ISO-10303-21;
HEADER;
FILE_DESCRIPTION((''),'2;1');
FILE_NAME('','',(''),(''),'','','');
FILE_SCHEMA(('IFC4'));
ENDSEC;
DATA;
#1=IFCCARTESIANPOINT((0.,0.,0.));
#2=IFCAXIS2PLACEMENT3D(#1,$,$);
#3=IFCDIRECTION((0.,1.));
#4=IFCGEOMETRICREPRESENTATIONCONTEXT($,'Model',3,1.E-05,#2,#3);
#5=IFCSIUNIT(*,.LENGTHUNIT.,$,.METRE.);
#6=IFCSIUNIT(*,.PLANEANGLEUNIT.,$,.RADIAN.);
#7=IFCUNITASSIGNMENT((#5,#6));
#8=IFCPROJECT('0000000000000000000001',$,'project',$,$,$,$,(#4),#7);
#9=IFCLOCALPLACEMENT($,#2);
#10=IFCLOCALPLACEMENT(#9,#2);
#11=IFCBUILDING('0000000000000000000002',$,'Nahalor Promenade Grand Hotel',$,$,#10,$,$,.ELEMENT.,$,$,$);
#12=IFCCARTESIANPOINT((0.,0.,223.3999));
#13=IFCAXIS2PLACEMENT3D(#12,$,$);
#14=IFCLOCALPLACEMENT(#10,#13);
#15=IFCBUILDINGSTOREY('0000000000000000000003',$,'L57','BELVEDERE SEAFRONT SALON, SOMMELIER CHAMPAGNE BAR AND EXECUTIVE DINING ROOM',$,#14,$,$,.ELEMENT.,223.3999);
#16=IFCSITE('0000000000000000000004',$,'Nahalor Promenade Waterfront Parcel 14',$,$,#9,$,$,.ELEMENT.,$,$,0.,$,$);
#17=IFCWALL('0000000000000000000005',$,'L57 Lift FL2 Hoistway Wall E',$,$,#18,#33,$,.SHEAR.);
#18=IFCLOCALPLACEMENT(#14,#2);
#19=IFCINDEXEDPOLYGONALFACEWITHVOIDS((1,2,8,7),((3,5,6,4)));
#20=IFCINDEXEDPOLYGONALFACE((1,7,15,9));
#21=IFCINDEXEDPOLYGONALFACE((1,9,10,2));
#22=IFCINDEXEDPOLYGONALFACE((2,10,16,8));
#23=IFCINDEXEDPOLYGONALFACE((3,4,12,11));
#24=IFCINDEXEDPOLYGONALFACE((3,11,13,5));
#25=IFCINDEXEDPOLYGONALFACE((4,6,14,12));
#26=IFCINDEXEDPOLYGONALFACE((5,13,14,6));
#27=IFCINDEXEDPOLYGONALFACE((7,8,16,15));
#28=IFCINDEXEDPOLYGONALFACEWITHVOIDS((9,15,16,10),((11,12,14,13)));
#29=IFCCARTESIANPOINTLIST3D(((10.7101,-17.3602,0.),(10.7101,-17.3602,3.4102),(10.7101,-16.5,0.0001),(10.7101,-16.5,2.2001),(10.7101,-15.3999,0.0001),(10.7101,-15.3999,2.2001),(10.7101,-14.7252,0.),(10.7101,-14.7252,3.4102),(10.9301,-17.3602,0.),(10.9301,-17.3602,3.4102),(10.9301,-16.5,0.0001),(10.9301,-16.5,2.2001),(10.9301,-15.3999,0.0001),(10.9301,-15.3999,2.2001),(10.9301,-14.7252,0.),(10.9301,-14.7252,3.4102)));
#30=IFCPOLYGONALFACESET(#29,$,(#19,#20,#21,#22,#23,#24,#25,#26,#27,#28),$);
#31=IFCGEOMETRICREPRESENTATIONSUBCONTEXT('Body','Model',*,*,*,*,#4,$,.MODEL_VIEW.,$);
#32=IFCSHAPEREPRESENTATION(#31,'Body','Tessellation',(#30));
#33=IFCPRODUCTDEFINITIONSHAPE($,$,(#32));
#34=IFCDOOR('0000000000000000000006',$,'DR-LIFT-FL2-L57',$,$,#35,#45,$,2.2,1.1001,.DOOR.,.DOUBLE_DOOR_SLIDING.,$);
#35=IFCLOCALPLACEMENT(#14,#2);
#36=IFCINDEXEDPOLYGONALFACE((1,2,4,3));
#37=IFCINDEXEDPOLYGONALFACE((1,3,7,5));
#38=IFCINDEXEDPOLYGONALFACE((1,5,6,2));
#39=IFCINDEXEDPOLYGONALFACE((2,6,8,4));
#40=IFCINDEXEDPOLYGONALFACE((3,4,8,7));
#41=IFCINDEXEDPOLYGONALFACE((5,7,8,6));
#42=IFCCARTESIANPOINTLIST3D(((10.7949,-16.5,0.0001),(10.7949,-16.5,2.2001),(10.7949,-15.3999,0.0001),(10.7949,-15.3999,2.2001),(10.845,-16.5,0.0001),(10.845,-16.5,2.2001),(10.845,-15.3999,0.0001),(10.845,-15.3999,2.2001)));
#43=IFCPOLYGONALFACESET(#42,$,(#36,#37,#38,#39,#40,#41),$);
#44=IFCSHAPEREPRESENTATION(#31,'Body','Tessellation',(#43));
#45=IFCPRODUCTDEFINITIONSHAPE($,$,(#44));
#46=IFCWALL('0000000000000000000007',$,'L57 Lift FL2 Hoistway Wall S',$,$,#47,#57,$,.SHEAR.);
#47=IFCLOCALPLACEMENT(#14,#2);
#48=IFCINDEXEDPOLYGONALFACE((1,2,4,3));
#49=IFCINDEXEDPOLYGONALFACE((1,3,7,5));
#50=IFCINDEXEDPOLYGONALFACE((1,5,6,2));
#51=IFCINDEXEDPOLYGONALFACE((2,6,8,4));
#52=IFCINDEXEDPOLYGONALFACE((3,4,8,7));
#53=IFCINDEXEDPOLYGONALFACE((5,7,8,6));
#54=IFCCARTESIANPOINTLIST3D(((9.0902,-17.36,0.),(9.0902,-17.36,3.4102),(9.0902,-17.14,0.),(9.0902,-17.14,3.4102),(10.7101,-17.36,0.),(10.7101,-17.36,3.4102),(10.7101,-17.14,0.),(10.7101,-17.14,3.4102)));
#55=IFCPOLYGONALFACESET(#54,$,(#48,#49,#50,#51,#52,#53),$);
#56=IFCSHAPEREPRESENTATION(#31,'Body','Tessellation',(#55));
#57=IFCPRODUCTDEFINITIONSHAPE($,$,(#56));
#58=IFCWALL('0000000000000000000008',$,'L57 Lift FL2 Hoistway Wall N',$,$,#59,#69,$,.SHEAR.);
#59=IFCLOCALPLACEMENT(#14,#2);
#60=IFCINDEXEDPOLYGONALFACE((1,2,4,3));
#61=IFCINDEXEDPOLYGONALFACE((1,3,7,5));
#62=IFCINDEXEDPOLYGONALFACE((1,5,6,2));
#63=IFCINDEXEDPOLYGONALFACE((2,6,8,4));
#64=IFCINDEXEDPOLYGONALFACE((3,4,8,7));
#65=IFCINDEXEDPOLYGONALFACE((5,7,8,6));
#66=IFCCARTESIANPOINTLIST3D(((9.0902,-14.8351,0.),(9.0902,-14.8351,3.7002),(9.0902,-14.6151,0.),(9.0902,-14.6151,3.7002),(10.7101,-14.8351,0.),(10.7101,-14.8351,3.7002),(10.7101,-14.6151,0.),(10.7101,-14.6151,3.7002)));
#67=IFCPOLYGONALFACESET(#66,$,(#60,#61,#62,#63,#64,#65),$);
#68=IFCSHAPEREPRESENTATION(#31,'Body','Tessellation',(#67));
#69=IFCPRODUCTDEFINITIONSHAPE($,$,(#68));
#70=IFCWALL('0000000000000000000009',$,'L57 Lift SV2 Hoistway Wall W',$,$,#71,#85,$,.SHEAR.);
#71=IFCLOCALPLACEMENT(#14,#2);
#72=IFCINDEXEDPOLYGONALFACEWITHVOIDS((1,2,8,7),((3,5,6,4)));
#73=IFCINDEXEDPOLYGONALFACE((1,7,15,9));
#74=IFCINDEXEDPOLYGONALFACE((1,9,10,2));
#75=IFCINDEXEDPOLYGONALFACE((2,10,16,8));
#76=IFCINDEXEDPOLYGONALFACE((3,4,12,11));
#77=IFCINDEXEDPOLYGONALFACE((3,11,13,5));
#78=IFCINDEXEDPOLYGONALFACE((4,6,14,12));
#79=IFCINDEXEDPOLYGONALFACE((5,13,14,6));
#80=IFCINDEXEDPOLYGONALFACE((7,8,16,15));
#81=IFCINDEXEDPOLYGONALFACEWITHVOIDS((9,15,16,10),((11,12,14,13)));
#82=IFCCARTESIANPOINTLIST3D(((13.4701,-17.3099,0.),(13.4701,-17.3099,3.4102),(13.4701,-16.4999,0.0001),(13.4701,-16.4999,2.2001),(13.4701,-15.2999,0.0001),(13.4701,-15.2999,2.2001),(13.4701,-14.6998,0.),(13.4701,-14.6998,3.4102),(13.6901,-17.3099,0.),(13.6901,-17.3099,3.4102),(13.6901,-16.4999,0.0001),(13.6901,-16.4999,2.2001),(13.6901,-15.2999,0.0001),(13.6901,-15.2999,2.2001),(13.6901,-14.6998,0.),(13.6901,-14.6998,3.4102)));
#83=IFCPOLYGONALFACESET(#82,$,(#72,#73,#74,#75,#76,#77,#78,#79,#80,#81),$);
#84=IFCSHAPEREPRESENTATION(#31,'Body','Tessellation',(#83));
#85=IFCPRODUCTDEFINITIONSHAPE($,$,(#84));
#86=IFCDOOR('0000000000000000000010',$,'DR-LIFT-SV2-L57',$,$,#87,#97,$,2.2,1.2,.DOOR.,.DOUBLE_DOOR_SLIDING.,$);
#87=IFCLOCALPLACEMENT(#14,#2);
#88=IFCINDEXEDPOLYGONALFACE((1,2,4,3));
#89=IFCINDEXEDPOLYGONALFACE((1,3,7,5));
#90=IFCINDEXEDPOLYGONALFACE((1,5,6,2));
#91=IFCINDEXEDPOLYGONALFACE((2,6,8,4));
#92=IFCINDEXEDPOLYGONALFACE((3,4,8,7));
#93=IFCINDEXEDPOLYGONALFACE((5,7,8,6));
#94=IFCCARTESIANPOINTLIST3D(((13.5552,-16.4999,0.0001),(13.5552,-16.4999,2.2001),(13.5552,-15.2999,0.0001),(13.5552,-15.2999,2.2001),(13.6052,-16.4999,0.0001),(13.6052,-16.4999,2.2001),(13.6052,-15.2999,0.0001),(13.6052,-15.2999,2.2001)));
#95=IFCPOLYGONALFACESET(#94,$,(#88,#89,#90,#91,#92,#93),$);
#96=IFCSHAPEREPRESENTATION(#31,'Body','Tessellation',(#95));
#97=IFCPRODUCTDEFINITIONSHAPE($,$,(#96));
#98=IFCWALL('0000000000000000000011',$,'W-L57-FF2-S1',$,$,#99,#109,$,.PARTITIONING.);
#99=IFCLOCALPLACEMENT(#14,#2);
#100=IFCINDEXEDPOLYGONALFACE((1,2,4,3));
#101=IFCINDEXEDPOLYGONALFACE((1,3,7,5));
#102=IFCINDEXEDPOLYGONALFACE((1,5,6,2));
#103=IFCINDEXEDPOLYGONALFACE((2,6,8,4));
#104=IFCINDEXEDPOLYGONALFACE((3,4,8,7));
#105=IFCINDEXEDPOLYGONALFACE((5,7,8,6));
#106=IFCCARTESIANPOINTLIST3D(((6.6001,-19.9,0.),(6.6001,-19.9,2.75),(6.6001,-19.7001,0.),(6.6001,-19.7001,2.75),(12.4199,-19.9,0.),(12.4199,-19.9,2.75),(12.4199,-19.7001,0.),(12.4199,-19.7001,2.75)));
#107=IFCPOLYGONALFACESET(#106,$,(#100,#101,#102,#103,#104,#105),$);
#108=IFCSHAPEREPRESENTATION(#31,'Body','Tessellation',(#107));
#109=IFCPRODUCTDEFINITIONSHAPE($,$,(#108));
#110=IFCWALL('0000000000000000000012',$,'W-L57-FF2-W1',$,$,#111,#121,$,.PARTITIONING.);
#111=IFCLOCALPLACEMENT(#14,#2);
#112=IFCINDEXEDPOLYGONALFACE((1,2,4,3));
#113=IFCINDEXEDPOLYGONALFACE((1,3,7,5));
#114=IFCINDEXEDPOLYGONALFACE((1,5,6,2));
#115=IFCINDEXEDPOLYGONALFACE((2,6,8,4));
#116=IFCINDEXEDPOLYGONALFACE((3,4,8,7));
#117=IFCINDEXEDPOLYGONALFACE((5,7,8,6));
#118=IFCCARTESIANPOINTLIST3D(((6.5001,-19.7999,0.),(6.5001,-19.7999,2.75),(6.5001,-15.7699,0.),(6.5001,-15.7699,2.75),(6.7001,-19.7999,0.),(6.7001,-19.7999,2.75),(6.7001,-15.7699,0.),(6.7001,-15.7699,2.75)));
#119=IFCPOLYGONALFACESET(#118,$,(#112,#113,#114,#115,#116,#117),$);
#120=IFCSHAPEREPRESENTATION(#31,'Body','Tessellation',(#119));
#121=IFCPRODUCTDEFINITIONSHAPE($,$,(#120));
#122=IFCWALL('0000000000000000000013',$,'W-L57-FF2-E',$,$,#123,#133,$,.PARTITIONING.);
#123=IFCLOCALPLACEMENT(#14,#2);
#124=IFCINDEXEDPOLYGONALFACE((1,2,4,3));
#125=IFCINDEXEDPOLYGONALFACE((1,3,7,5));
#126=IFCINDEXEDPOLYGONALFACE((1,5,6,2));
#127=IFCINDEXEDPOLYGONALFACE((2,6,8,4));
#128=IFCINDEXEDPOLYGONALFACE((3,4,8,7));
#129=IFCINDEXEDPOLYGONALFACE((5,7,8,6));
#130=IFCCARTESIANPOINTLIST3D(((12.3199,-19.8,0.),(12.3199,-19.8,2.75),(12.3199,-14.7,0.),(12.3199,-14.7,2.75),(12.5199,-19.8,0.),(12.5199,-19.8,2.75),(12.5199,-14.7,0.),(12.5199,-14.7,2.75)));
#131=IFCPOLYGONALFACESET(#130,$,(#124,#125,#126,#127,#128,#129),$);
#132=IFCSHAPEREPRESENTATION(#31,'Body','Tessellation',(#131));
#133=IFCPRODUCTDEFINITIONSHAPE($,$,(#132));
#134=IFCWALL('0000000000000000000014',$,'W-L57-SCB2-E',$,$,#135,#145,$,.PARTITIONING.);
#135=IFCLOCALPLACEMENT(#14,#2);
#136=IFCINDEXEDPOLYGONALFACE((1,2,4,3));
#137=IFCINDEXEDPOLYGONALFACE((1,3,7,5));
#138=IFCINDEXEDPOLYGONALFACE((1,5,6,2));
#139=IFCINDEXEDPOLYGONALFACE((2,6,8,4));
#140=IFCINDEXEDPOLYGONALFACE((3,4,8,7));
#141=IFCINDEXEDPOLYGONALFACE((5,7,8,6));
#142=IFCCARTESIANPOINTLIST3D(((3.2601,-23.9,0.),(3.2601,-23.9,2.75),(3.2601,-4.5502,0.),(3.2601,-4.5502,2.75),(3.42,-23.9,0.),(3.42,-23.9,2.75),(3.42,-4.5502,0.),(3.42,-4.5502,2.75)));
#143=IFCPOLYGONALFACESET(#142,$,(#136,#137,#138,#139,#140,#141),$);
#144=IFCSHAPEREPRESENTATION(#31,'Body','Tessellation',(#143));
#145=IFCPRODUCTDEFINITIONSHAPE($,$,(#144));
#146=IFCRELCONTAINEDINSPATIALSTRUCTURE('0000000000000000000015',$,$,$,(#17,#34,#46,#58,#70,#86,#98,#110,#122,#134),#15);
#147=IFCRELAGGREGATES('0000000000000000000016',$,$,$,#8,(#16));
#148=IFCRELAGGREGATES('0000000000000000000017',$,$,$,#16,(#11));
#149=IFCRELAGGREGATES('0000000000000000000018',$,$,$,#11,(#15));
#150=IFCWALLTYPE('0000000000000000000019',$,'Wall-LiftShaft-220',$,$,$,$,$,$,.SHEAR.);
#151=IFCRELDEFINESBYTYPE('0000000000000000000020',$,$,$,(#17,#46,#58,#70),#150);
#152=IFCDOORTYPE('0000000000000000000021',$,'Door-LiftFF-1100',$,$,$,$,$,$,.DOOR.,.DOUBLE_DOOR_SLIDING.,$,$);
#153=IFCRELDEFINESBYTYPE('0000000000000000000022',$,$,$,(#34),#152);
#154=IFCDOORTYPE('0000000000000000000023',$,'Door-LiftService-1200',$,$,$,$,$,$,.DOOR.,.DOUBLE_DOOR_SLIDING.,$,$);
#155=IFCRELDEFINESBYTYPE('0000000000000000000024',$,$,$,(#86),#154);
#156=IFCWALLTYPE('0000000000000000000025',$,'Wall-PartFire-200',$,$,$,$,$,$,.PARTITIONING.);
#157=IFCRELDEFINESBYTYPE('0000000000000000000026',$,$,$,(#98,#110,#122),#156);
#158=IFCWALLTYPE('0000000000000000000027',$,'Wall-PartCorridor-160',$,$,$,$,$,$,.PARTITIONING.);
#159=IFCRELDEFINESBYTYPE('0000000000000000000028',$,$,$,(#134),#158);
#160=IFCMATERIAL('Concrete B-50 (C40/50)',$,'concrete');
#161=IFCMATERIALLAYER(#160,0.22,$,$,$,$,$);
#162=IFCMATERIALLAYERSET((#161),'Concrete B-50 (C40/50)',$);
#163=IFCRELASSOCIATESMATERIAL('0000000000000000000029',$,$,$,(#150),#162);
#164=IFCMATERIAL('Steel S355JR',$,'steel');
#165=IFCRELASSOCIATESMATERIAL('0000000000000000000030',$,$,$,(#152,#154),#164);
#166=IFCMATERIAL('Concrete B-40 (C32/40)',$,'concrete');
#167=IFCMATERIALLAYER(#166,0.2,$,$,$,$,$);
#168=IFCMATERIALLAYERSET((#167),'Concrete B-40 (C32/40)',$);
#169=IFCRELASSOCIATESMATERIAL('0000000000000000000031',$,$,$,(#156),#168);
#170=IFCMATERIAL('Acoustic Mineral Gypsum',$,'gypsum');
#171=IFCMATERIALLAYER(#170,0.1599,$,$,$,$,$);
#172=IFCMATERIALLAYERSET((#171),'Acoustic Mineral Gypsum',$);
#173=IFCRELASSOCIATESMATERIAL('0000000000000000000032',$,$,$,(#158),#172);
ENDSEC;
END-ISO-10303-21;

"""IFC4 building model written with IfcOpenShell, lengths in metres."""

from ifc_helpers import new_model, si_unit, direction, frame, frame_2d, origin, place, context, subcontext, project, spatial, rectangle, extrude, source, transform, mapped, material, layer, layer_set, type_object, element, fill, save


model = new_model("IFC4")

# Units and contexts
model_context = context("Model", 3, precision=1e-05, world=origin(), true_north=direction((0.0, 1.0)))
body_context = subcontext(model_context, "Body", "Model", "MODEL_VIEW")
ifc_project = project(units=[si_unit("LENGTHUNIT", "METRE"), si_unit("PLANEANGLEUNIT", "RADIAN")], contexts=[model_context])

# Site, building, storey
site_placement = place(None, origin())
site = spatial("IfcSite", under=ifc_project, at=site_placement, Name="Nahalor Promenade Waterfront Parcel 14", CompositionType="ELEMENT", RefElevation=0.0)
building_placement = place(site_placement, origin())
building = spatial("IfcBuilding", under=site, at=building_placement, Name="Nahalor Promenade Grand Hotel", CompositionType="ELEMENT")
storey_placement = place(building_placement, frame((0.0, 0.0, 223.3999)))
storey = spatial("IfcBuildingStorey", under=building, at=storey_placement, Name="L57", Description="BELVEDERE SEAFRONT SALON, SOMMELIER CHAMPAGNE BAR AND EXECUTIVE DINING ROOM", CompositionType="ELEMENT", Elevation=223.3999)

# Shared definitions
ifc_material_1 = material(Name="Steel S355JR", Category="steel")

# Shared definitions
ifc_material_2 = material(Name="Concrete B-50 (C40/50)", Category="concrete")

# Shared definitions
ifc_layer_1 = layer(ifc_material_2, 0.22)
ifc_layer_set_1 = layer_set([ifc_layer_1], Name="Concrete B-50 (C40/50)")
wall_type_1 = type_object("IfcWallType", Name="Wall-LiftShaft-220", PredefinedType="SHEAR", material=ifc_layer_set_1)
shared_shape_1 = source(origin(), body_context, "Body", "SweptSolid", [
    extrude(rectangle(XDim=2.635, YDim=0.22, at=frame_2d((1.3174, 0.0))), origin(), (0.0, 0.0, 1.0), 3.4102),
])

# Wall, opening, door
wall_1_placement = place(storey_placement, frame((10.8201, -17.3601, 0.0), z_axis=(0.0, 0.0, 1.0), x_axis=(0.0, 1.0, 0.0)))
wall_1 = element("IfcWall", 1, at=wall_1_placement, inside=storey, type_object=wall_type_1, Name="L57 Lift FL2 Hoistway Wall E", PredefinedType="SHEAR", context=body_context, shape_type="MappedRepresentation", body=[
    mapped(shared_shape_1, transform((0.0, 0.0, 0.0), scale=1.0)),
])
opening_1_placement = place(wall_1_placement, frame((0.8601, 0.0, 0.0)))
opening_1 = element("IfcOpeningElement", 2, at=opening_1_placement, cuts=wall_1, PredefinedType="OPENING", context=body_context, shape_type="SweptSolid", body=[
    extrude(rectangle(XDim=1.1001, YDim=2.2, at=frame_2d((0.55, 1.1001))), frame((0.0, 0.1199, 0.0), z_axis=(0.0, -1.0, 0.0), x_axis=(1.0, 0.0, 0.0)), (0.0, 0.0, 1.0), 0.24),
])
door_type_1 = type_object("IfcDoorType", Name="Door-LiftFF-1100", OperationType="DOUBLE_DOOR_SLIDING", PredefinedType="DOOR", material=ifc_material_1)
shared_shape_2 = source(origin(), body_context, "Body", "SweptSolid", [
    extrude(rectangle(XDim=1.1001, YDim=2.2, at=frame_2d((0.55, 1.1001))), frame((0.0, 0.0249, 0.0), z_axis=(0.0, -1.0, 0.0), x_axis=(1.0, 0.0, 0.0)), (0.0, 0.0, 1.0), 0.05),
])
door_1_placement = place(opening_1_placement, frame((1.1001, 0.0, 0.0), z_axis=(0.0, 0.0, 1.0), x_axis=(-1.0, 0.0, 0.0)))
door_1 = element("IfcDoor", 3, at=door_1_placement, inside=storey, type_object=door_type_1, Name="DR-LIFT-FL2-L57", OperationType="DOUBLE_DOOR_SLIDING", OverallHeight=2.2, OverallWidth=1.1001, PredefinedType="DOOR", context=body_context, shape_type="MappedRepresentation", body=[
    mapped(shared_shape_2, transform((0.0, 0.0, 0.0), scale=1.0)),
])
fill(opening_1, door_1)

# Walls
shared_shape_3 = source(origin(), body_context, "Body", "SweptSolid", [
    extrude(rectangle(XDim=1.6199, YDim=0.22, at=frame_2d((0.8101, 0.0))), origin(), (0.0, 0.0, 1.0), 3.4102),
])
wall_2_placement = place(storey_placement, frame((9.0901, -17.25, 0.0), z_axis=(0.0, 0.0, 1.0), x_axis=(1.0, 0.0, 0.0)))
element("IfcWall", 4, at=wall_2_placement, inside=storey, type_object=wall_type_1, Name="L57 Lift FL2 Hoistway Wall S", PredefinedType="SHEAR", context=body_context, shape_type="MappedRepresentation", body=[
    mapped(shared_shape_3, transform((0.0, 0.0, 0.0), scale=1.0)),
])
shared_shape_4 = source(origin(), body_context, "Body", "SweptSolid", [
    extrude(rectangle(XDim=1.6199, YDim=0.22, at=frame_2d((0.8101, 0.0))), origin(), (0.0, 0.0, 1.0), 3.7002),
])
wall_3_placement = place(storey_placement, frame((9.0901, -14.7251, 0.0), z_axis=(0.0, 0.0, 1.0), x_axis=(1.0, 0.0, 0.0)))
element("IfcWall", 5, at=wall_3_placement, inside=storey, type_object=wall_type_1, Name="L57 Lift FL2 Hoistway Wall N", PredefinedType="SHEAR", context=body_context, shape_type="MappedRepresentation", body=[
    mapped(shared_shape_4, transform((0.0, 0.0, 0.0), scale=1.0)),
])

# Wall, opening, door
shared_shape_5 = source(origin(), body_context, "Body", "SweptSolid", [
    extrude(rectangle(XDim=2.6101, YDim=0.22, at=frame_2d((1.3052, 0.0))), origin(), (0.0, 0.0, 1.0), 3.4102),
])
wall_4_placement = place(storey_placement, frame((13.5801, -17.3101, 0.0), z_axis=(0.0, 0.0, 1.0), x_axis=(0.0, 1.0, 0.0)))
wall_4 = element("IfcWall", 6, at=wall_4_placement, inside=storey, type_object=wall_type_1, Name="L57 Lift SV2 Hoistway Wall W", PredefinedType="SHEAR", context=body_context, shape_type="MappedRepresentation", body=[
    mapped(shared_shape_5, transform((0.0, 0.0, 0.0), scale=1.0)),
])
opening_2_placement = place(wall_4_placement, frame((0.8101, 0.0, 0.0)))
opening_2 = element("IfcOpeningElement", 7, at=opening_2_placement, cuts=wall_4, PredefinedType="OPENING", context=body_context, shape_type="SweptSolid", body=[
    extrude(rectangle(XDim=1.2, YDim=2.2, at=frame_2d((0.6001, 1.1001))), frame((0.0, 0.1199, 0.0), z_axis=(0.0, -1.0, 0.0), x_axis=(1.0, 0.0, 0.0)), (0.0, 0.0, 1.0), 0.24),
])
door_type_2 = type_object("IfcDoorType", Name="Door-LiftService-1200", OperationType="DOUBLE_DOOR_SLIDING", PredefinedType="DOOR", material=ifc_material_1)
shared_shape_6 = source(origin(), body_context, "Body", "SweptSolid", [
    extrude(rectangle(XDim=1.2, YDim=2.2, at=frame_2d((0.6001, 1.1001))), frame((0.0, 0.0249, 0.0), z_axis=(0.0, -1.0, 0.0), x_axis=(1.0, 0.0, 0.0)), (0.0, 0.0, 1.0), 0.05),
])
door_2_placement = place(opening_2_placement, origin())
door_2 = element("IfcDoor", 8, at=door_2_placement, inside=storey, type_object=door_type_2, Name="DR-LIFT-SV2-L57", OperationType="DOUBLE_DOOR_SLIDING", OverallHeight=2.2, OverallWidth=1.2, PredefinedType="DOOR", context=body_context, shape_type="MappedRepresentation", body=[
    mapped(shared_shape_6, transform((0.0, 0.0, 0.0), scale=1.0)),
])
fill(opening_2, door_2)

# Walls
ifc_material_3 = material(Name="Concrete B-40 (C32/40)", Category="concrete")
ifc_layer_2 = layer(ifc_material_3, 0.2)
ifc_layer_set_2 = layer_set([ifc_layer_2], Name="Concrete B-40 (C32/40)")
wall_type_2 = type_object("IfcWallType", Name="Wall-PartFire-200", PredefinedType="PARTITIONING", material=ifc_layer_set_2)
shared_shape_7 = source(origin(), body_context, "Body", "SweptSolid", [
    extrude(rectangle(XDim=5.8198, YDim=0.2, at=frame_2d((2.9099, 0.0))), origin(), (0.0, 0.0, 1.0), 2.75),
])
wall_5_placement = place(storey_placement, frame((6.6001, -19.8, 0.0), z_axis=(0.0, 0.0, 1.0), x_axis=(1.0, 0.0, 0.0)))
element("IfcWall", 9, at=wall_5_placement, inside=storey, type_object=wall_type_2, Name="W-L57-FF2-S1", PredefinedType="PARTITIONING", context=body_context, shape_type="MappedRepresentation", body=[
    mapped(shared_shape_7, transform((0.0, 0.0, 0.0), scale=1.0)),
])
shared_shape_8 = source(origin(), body_context, "Body", "SweptSolid", [
    extrude(rectangle(XDim=4.03, YDim=0.2, at=frame_2d((2.0151, 0.0))), origin(), (0.0, 0.0, 1.0), 2.75),
])
wall_6_placement = place(storey_placement, frame((6.6001, -19.8, 0.0), z_axis=(0.0, 0.0, 1.0), x_axis=(0.0, 1.0, 0.0)))
element("IfcWall", 10, at=wall_6_placement, inside=storey, type_object=wall_type_2, Name="W-L57-FF2-W1", PredefinedType="PARTITIONING", context=body_context, shape_type="MappedRepresentation", body=[
    mapped(shared_shape_8, transform((0.0, 0.0, 0.0), scale=1.0)),
])
shared_shape_9 = source(origin(), body_context, "Body", "SweptSolid", [
    extrude(rectangle(XDim=5.1001, YDim=0.2, at=frame_2d((2.55, 0.0))), origin(), (0.0, 0.0, 1.0), 2.75),
])
wall_7_placement = place(storey_placement, frame((12.4199, -19.8, 0.0), z_axis=(0.0, 0.0, 1.0), x_axis=(0.0, 1.0, 0.0)))
element("IfcWall", 11, at=wall_7_placement, inside=storey, type_object=wall_type_2, Name="W-L57-FF2-E", PredefinedType="PARTITIONING", context=body_context, shape_type="MappedRepresentation", body=[
    mapped(shared_shape_9, transform((0.0, 0.0, 0.0), scale=1.0)),
])

# Wall
ifc_material_4 = material(Name="Acoustic Mineral Gypsum", Category="gypsum")
ifc_layer_3 = layer(ifc_material_4, 0.1599)
ifc_layer_set_3 = layer_set([ifc_layer_3], Name="Acoustic Mineral Gypsum")
wall_type_3 = type_object("IfcWallType", Name="Wall-PartCorridor-160", PredefinedType="PARTITIONING", material=ifc_layer_set_3)
shared_shape_10 = source(origin(), body_context, "Body", "SweptSolid", [
    extrude(rectangle(XDim=19.3499, YDim=0.1599, at=frame_2d((9.6748, 0.0))), origin(), (0.0, 0.0, 1.0), 2.75),
])
wall_8_placement = place(storey_placement, frame((3.3401, -23.8999, 0.0), z_axis=(0.0, 0.0, 1.0), x_axis=(0.0, 1.0, 0.0)))
element("IfcWall", 12, at=wall_8_placement, inside=storey, type_object=wall_type_3, Name="W-L57-SCB2-E", PredefinedType="PARTITIONING", context=body_context, shape_type="MappedRepresentation", body=[
    mapped(shared_shape_10, transform((0.0, 0.0, 0.0), scale=1.0)),
])

save(model, "model.ifc")
